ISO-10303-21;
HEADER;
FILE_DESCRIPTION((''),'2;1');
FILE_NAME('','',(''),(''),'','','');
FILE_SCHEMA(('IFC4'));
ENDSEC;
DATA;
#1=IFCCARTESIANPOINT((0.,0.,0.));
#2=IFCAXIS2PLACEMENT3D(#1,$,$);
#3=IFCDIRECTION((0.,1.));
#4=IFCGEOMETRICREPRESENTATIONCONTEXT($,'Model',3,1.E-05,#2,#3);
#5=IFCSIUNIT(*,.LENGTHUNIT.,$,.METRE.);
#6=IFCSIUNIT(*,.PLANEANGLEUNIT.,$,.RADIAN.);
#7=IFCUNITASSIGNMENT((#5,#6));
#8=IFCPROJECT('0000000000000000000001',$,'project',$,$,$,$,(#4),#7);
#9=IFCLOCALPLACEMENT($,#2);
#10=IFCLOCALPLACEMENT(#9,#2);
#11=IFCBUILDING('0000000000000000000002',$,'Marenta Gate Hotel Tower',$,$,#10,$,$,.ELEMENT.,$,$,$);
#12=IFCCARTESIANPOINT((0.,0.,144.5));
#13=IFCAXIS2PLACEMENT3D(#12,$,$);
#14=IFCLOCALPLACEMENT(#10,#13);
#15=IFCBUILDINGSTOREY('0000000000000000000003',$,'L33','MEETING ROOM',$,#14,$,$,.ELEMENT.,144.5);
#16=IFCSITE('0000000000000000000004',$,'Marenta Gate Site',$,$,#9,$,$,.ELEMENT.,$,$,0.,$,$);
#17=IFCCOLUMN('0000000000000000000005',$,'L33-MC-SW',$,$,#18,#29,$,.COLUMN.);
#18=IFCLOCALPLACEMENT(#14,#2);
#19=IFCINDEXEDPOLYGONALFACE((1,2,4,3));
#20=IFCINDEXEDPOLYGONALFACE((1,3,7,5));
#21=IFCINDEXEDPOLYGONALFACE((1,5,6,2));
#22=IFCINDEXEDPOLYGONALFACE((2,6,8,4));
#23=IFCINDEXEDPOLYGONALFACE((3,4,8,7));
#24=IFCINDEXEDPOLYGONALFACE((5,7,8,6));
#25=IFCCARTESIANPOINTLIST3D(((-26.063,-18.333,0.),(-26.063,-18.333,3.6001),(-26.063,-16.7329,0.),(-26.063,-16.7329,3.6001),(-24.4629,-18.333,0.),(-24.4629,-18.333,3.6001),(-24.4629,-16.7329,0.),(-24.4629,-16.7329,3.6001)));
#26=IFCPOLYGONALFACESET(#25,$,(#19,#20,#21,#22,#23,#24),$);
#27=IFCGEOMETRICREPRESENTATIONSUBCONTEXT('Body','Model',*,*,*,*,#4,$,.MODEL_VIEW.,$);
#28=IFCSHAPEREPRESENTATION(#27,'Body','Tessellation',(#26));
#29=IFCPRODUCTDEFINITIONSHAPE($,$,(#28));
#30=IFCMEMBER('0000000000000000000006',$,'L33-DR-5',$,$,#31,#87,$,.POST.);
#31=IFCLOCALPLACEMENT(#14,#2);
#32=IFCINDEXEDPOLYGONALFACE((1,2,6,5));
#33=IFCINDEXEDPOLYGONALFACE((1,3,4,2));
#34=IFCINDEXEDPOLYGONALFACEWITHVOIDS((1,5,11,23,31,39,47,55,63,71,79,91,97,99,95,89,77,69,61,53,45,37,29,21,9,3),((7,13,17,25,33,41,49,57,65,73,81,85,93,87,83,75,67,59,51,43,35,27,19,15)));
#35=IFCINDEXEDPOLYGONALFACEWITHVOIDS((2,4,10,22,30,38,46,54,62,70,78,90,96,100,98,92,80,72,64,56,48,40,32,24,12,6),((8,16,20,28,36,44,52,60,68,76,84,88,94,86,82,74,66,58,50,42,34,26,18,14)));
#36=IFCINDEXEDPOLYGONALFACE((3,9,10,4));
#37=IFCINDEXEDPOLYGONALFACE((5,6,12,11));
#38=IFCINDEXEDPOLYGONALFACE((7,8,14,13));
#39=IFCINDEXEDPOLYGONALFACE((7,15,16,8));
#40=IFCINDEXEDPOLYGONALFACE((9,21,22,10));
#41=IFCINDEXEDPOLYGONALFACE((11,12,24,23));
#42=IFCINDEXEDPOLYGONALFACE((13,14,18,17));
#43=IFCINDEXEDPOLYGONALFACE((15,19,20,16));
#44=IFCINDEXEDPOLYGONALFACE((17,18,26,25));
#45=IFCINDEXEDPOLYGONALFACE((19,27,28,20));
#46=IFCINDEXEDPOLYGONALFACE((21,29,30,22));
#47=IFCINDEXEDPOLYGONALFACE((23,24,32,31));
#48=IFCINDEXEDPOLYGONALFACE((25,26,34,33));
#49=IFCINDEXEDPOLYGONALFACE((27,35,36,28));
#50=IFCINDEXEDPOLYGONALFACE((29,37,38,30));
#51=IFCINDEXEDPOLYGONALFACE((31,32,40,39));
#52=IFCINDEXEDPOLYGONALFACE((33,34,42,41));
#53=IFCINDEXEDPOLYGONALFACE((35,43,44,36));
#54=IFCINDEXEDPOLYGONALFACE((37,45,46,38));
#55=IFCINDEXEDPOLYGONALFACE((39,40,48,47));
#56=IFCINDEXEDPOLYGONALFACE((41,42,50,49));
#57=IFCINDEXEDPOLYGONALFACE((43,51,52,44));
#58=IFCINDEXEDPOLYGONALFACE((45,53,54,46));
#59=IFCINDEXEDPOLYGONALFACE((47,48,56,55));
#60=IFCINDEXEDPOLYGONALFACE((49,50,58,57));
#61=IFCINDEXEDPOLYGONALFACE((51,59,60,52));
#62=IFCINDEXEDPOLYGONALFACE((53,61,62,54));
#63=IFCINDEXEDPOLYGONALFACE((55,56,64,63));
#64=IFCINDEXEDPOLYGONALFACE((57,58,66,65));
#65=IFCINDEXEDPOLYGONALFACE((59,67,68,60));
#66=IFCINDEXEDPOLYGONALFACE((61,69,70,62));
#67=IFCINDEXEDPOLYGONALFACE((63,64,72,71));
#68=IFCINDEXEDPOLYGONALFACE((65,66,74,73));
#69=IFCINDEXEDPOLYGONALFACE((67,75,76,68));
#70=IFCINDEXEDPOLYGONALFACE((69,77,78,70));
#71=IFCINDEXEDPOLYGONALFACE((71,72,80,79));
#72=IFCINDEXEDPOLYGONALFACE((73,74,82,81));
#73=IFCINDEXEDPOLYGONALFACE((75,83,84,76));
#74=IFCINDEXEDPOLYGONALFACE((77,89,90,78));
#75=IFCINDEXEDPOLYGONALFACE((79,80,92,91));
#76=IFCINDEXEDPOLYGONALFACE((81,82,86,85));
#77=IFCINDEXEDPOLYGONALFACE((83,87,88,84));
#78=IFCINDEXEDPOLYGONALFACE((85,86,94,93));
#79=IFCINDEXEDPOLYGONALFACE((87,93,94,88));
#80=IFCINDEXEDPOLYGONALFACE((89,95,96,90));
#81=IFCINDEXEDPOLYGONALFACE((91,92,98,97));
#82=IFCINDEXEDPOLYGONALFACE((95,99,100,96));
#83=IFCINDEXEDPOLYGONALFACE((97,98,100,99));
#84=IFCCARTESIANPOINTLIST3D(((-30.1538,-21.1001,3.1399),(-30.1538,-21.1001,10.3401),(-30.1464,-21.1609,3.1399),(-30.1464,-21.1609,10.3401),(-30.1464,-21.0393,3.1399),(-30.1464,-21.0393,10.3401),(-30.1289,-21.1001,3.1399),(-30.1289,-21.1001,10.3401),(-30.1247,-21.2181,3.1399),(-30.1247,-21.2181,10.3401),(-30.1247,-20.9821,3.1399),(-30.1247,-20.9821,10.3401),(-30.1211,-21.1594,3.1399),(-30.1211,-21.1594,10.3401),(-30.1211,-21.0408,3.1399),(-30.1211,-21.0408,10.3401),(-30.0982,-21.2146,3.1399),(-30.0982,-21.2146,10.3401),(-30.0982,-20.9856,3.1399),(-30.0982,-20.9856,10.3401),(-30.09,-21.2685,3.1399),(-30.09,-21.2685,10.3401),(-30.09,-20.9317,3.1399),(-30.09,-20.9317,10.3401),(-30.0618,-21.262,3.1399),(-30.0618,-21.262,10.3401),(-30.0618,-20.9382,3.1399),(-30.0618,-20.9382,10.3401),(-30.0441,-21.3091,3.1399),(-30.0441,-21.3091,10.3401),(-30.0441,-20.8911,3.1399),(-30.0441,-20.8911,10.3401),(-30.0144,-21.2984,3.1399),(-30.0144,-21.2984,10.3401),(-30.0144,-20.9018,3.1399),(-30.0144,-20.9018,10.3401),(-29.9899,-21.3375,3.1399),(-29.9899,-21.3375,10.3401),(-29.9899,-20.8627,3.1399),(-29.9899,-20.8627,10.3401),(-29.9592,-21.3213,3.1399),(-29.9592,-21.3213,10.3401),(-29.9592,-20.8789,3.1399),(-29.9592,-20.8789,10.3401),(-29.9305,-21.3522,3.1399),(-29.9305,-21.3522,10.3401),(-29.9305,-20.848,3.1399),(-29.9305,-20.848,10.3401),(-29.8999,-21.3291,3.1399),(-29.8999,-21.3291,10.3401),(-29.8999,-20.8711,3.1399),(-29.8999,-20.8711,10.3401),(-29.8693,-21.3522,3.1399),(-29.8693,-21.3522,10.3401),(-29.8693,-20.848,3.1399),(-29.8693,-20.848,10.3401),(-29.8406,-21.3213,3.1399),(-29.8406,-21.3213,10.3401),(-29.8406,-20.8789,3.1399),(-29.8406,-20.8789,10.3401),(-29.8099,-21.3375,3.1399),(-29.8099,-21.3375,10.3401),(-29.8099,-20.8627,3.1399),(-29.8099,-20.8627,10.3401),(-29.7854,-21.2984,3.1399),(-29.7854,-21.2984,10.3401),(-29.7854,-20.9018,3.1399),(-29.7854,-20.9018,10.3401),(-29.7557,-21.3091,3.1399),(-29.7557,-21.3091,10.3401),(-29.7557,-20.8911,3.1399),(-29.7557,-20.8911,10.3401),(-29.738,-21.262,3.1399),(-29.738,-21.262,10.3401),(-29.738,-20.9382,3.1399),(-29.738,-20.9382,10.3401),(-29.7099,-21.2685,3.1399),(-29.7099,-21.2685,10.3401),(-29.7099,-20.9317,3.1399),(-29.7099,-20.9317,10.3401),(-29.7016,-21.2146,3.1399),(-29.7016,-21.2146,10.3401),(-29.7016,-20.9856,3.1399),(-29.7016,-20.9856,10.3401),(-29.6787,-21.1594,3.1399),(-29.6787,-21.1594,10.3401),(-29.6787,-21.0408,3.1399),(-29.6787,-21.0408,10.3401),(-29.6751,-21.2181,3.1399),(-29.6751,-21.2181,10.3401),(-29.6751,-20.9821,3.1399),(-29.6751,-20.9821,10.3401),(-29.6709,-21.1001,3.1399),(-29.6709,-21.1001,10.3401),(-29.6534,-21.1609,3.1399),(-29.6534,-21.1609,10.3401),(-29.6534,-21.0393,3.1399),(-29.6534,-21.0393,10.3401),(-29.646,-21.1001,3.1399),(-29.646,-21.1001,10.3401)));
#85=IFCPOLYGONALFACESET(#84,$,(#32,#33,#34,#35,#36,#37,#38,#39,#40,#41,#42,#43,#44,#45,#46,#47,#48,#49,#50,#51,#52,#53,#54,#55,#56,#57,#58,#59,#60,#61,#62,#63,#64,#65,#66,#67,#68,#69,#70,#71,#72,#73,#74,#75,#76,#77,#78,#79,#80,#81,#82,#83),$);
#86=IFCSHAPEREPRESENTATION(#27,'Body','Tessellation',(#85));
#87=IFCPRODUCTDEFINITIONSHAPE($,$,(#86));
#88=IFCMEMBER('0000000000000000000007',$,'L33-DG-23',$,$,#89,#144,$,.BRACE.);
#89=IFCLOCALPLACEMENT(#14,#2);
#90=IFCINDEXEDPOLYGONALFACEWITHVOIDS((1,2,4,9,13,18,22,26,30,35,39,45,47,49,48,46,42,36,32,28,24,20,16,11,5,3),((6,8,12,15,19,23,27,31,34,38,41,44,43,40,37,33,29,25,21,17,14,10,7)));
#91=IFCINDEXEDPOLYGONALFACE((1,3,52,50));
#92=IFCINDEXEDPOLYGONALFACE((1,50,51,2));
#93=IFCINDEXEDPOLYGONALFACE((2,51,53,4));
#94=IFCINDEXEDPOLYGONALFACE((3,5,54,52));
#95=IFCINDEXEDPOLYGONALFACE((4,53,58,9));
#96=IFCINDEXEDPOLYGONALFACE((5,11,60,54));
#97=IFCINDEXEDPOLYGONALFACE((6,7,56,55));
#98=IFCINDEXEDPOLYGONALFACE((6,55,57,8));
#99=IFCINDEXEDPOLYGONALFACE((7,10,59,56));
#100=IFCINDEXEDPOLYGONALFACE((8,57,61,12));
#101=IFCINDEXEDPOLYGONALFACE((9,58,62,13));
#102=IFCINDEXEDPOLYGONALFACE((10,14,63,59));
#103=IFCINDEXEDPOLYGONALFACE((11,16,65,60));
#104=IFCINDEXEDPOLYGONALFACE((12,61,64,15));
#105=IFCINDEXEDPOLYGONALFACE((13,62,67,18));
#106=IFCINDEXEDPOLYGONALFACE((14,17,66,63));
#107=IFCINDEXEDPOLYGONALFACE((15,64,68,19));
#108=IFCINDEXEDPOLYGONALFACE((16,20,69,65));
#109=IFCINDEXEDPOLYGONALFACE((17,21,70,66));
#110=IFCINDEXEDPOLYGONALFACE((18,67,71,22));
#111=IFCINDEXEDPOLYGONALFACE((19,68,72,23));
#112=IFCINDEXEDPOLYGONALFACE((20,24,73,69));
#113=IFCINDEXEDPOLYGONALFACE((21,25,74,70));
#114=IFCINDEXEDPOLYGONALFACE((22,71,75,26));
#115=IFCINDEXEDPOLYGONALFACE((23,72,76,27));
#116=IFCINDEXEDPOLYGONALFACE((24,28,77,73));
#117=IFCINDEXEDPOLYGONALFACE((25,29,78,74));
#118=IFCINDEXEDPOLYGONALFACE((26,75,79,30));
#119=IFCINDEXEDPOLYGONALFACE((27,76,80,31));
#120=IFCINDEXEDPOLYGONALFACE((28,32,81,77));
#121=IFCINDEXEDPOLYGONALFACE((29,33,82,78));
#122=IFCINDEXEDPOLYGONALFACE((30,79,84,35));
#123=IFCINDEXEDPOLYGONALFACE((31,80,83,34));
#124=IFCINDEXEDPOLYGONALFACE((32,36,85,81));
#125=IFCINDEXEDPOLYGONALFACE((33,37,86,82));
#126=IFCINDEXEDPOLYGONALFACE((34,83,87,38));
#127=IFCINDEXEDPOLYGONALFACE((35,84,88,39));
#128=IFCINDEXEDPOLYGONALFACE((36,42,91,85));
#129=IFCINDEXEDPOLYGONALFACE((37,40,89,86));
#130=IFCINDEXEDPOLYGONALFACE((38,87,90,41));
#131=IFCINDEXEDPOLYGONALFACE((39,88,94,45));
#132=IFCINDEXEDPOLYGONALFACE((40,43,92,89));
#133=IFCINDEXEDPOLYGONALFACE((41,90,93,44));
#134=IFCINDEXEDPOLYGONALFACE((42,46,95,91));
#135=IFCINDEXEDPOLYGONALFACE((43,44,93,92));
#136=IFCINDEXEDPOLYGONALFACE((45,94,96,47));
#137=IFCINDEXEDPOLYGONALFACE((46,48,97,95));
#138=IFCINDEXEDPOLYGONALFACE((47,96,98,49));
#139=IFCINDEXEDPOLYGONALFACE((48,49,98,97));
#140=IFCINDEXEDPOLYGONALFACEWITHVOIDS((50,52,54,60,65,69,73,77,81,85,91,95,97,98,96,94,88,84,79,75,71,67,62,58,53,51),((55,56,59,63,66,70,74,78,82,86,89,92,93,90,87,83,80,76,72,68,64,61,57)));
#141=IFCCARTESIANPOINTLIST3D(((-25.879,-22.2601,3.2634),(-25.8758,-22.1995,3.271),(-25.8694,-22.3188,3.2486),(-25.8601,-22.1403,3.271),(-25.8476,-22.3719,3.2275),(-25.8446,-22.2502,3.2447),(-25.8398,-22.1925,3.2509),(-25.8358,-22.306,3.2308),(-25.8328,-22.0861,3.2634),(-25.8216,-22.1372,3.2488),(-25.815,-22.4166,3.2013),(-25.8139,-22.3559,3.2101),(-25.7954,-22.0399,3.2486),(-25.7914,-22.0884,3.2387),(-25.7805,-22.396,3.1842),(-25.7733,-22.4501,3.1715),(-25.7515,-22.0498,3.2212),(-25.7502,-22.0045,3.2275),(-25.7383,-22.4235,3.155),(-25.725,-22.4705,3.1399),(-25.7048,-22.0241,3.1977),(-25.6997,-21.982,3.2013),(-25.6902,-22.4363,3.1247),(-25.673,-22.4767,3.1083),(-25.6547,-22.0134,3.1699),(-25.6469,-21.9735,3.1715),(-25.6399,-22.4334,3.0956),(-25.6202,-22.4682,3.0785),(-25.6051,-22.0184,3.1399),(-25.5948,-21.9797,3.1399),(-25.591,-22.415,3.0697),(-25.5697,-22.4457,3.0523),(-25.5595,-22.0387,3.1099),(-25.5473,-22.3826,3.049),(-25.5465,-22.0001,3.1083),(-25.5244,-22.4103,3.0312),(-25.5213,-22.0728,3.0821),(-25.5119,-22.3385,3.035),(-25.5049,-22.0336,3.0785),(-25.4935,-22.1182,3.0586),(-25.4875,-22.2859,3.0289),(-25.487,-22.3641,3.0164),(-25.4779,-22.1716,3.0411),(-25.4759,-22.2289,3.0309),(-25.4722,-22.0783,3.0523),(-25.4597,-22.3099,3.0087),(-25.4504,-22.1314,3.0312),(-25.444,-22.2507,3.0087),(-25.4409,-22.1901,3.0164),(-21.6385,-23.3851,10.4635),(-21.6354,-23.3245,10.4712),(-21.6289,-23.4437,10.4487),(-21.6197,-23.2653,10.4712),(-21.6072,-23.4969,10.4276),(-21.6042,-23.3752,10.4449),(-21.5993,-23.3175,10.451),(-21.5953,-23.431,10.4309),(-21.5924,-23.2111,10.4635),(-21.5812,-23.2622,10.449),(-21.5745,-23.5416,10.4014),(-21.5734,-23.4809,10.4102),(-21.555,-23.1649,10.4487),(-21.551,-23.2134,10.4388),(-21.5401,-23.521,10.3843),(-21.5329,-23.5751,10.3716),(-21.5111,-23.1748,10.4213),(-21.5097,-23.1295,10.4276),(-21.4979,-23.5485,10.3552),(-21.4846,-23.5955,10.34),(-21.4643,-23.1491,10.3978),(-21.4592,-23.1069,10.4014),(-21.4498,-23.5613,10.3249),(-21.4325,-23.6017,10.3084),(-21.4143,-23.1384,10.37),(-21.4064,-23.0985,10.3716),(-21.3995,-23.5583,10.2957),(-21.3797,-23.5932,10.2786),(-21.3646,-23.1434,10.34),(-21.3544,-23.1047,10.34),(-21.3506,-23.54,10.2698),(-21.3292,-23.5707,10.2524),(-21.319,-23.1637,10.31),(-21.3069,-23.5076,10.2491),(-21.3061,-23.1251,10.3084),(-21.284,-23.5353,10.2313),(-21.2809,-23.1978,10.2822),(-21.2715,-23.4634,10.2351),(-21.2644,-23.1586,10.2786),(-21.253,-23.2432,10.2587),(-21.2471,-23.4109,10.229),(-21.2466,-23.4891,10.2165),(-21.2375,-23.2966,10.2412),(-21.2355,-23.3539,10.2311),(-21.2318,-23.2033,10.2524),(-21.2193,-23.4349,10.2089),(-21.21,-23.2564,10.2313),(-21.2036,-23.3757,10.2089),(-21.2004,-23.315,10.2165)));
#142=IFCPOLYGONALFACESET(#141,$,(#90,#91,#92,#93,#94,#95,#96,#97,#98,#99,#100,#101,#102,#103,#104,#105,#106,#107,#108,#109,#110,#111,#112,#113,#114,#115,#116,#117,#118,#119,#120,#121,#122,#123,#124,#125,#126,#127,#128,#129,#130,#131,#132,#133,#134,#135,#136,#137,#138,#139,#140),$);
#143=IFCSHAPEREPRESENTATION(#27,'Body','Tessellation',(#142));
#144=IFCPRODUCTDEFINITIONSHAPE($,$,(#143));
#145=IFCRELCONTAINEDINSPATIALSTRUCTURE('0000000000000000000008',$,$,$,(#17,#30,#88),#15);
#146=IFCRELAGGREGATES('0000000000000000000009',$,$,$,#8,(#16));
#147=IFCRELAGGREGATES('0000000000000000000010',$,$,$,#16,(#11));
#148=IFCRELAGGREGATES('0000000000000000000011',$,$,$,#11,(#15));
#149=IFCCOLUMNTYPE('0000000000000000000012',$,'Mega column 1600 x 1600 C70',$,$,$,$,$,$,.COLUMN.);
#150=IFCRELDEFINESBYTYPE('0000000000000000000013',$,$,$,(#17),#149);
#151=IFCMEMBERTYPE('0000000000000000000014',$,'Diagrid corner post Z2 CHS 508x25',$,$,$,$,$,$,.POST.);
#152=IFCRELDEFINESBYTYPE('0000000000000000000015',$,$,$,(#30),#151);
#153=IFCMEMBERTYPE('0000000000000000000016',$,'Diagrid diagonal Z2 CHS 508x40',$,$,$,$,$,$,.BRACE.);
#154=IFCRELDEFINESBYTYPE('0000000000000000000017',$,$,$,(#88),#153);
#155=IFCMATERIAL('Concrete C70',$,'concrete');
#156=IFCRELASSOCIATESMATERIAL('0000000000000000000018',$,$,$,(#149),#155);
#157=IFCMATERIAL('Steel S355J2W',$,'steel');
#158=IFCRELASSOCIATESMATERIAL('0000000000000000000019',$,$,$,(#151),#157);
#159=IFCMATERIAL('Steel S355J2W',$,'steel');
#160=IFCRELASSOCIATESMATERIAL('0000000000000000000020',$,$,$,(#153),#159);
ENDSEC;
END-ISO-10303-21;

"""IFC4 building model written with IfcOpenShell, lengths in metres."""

from ifc_helpers import new_model, si_unit, direction, frame, origin, origin_2d, place, context, subcontext, project, spatial, rectangle, hollow_circle, extrude, material, material_profile, profile_set, type_object, element, save


model = new_model("IFC4")

# Units and contexts
model_context = context("Model", 3, precision=1e-05, world=origin(), true_north=direction((0.0, 1.0)))
body_context = subcontext(model_context, "Body", "Model", "MODEL_VIEW")
ifc_project = project(units=[si_unit("LENGTHUNIT", "METRE"), si_unit("PLANEANGLEUNIT", "RADIAN")], contexts=[model_context])

# Site, building, storey
site_placement = place(None, origin())
site = spatial("IfcSite", under=ifc_project, at=site_placement, Name="Marenta Gate Site", CompositionType="ELEMENT", RefElevation=0.0)
building_placement = place(site_placement, origin())
building = spatial("IfcBuilding", under=site, at=building_placement, Name="Marenta Gate Hotel Tower", CompositionType="ELEMENT")
storey_placement = place(building_placement, frame((0.0, 0.0, 144.5)))
storey = spatial("IfcBuildingStorey", under=building, at=storey_placement, Name="L33", Description="MEETING ROOM", CompositionType="ELEMENT", Elevation=144.5)

# Column
ifc_material_1 = material(Name="Concrete C70", Category="concrete")
ifc_material_profile_1 = material_profile(ifc_material_1, rectangle(XDim=1.6001, YDim=1.6001, at=origin_2d()), Name="1600 x 1600")
ifc_profile_set_1 = profile_set([ifc_material_profile_1], Name="Concrete C70")
column_type = type_object("IfcColumnType", Name="Mega column 1600 x 1600 C70", PredefinedType="COLUMN", material=ifc_profile_set_1)
column_placement = place(storey_placement, frame((-25.2629, -17.533, 0.0), z_axis=(0.0, 0.0, 1.0), x_axis=(1.0, 0.0, 0.0)))
element("IfcColumn", 1, at=column_placement, inside=storey, type_object=column_type, Name="L33-MC-SW", PredefinedType="COLUMN", context=body_context, shape_type="SweptSolid", body=[
    extrude(rectangle(XDim=1.6001, YDim=1.6001, at=origin_2d()), origin(), (0.0, 0.0, 1.0), 3.6001),
])

# Members
ifc_material_2 = material(Name="Steel S355J2W", Category="steel")
ifc_material_profile_2 = material_profile(ifc_material_2, hollow_circle(Radius=0.2539, WallThickness=0.0249, at=origin_2d()), Name="CHS 508x25")
ifc_profile_set_2 = profile_set([ifc_material_profile_2], Name="Steel S355J2W")
member_type_1 = type_object("IfcMemberType", Name="Diagrid corner post Z2 CHS 508x25", PredefinedType="POST", material=ifc_profile_set_2)
member_1_placement = place(storey_placement, frame((-29.8999, -21.1001, 3.1399), z_axis=(0.0, 0.0, 1.0), x_axis=(1.0, 0.0, 0.0)))
element("IfcMember", 2, at=member_1_placement, inside=storey, type_object=member_type_1, Name="L33-DR-5", PredefinedType="POST", context=body_context, shape_type="SweptSolid", body=[
    extrude(hollow_circle(Radius=0.2539, WallThickness=0.0249, at=origin_2d()), origin(), (0.0, 0.0, 1.0), 7.2002),
])
ifc_material_3 = material(Name="Steel S355J2W", Category="steel")
ifc_material_profile_3 = material_profile(ifc_material_3, hollow_circle(Radius=0.2539, WallThickness=0.04, at=origin_2d()), Name="CHS 508x40")
ifc_profile_set_3 = profile_set([ifc_material_profile_3], Name="Steel S355J2W")
member_type_2 = type_object("IfcMemberType", Name="Diagrid diagonal Z2 CHS 508x40", PredefinedType="BRACE", material=ifc_profile_set_3)
member_2_placement = place(storey_placement, frame((-25.6599, -22.2251, 3.1399), z_axis=(0.502933, -0.133428, 0.853964), x_axis=(0.256429, 0.966563, 0.0)))
element("IfcMember", 3, at=member_2_placement, inside=storey, type_object=member_type_2, Name="L33-DG-23", PredefinedType="BRACE", context=body_context, shape_type="SweptSolid", body=[
    extrude(hollow_circle(Radius=0.2539, WallThickness=0.04, at=origin_2d()), origin(), (0.0, 0.0, 1.0), 8.4314),
])

save(model, "model.ifc")
